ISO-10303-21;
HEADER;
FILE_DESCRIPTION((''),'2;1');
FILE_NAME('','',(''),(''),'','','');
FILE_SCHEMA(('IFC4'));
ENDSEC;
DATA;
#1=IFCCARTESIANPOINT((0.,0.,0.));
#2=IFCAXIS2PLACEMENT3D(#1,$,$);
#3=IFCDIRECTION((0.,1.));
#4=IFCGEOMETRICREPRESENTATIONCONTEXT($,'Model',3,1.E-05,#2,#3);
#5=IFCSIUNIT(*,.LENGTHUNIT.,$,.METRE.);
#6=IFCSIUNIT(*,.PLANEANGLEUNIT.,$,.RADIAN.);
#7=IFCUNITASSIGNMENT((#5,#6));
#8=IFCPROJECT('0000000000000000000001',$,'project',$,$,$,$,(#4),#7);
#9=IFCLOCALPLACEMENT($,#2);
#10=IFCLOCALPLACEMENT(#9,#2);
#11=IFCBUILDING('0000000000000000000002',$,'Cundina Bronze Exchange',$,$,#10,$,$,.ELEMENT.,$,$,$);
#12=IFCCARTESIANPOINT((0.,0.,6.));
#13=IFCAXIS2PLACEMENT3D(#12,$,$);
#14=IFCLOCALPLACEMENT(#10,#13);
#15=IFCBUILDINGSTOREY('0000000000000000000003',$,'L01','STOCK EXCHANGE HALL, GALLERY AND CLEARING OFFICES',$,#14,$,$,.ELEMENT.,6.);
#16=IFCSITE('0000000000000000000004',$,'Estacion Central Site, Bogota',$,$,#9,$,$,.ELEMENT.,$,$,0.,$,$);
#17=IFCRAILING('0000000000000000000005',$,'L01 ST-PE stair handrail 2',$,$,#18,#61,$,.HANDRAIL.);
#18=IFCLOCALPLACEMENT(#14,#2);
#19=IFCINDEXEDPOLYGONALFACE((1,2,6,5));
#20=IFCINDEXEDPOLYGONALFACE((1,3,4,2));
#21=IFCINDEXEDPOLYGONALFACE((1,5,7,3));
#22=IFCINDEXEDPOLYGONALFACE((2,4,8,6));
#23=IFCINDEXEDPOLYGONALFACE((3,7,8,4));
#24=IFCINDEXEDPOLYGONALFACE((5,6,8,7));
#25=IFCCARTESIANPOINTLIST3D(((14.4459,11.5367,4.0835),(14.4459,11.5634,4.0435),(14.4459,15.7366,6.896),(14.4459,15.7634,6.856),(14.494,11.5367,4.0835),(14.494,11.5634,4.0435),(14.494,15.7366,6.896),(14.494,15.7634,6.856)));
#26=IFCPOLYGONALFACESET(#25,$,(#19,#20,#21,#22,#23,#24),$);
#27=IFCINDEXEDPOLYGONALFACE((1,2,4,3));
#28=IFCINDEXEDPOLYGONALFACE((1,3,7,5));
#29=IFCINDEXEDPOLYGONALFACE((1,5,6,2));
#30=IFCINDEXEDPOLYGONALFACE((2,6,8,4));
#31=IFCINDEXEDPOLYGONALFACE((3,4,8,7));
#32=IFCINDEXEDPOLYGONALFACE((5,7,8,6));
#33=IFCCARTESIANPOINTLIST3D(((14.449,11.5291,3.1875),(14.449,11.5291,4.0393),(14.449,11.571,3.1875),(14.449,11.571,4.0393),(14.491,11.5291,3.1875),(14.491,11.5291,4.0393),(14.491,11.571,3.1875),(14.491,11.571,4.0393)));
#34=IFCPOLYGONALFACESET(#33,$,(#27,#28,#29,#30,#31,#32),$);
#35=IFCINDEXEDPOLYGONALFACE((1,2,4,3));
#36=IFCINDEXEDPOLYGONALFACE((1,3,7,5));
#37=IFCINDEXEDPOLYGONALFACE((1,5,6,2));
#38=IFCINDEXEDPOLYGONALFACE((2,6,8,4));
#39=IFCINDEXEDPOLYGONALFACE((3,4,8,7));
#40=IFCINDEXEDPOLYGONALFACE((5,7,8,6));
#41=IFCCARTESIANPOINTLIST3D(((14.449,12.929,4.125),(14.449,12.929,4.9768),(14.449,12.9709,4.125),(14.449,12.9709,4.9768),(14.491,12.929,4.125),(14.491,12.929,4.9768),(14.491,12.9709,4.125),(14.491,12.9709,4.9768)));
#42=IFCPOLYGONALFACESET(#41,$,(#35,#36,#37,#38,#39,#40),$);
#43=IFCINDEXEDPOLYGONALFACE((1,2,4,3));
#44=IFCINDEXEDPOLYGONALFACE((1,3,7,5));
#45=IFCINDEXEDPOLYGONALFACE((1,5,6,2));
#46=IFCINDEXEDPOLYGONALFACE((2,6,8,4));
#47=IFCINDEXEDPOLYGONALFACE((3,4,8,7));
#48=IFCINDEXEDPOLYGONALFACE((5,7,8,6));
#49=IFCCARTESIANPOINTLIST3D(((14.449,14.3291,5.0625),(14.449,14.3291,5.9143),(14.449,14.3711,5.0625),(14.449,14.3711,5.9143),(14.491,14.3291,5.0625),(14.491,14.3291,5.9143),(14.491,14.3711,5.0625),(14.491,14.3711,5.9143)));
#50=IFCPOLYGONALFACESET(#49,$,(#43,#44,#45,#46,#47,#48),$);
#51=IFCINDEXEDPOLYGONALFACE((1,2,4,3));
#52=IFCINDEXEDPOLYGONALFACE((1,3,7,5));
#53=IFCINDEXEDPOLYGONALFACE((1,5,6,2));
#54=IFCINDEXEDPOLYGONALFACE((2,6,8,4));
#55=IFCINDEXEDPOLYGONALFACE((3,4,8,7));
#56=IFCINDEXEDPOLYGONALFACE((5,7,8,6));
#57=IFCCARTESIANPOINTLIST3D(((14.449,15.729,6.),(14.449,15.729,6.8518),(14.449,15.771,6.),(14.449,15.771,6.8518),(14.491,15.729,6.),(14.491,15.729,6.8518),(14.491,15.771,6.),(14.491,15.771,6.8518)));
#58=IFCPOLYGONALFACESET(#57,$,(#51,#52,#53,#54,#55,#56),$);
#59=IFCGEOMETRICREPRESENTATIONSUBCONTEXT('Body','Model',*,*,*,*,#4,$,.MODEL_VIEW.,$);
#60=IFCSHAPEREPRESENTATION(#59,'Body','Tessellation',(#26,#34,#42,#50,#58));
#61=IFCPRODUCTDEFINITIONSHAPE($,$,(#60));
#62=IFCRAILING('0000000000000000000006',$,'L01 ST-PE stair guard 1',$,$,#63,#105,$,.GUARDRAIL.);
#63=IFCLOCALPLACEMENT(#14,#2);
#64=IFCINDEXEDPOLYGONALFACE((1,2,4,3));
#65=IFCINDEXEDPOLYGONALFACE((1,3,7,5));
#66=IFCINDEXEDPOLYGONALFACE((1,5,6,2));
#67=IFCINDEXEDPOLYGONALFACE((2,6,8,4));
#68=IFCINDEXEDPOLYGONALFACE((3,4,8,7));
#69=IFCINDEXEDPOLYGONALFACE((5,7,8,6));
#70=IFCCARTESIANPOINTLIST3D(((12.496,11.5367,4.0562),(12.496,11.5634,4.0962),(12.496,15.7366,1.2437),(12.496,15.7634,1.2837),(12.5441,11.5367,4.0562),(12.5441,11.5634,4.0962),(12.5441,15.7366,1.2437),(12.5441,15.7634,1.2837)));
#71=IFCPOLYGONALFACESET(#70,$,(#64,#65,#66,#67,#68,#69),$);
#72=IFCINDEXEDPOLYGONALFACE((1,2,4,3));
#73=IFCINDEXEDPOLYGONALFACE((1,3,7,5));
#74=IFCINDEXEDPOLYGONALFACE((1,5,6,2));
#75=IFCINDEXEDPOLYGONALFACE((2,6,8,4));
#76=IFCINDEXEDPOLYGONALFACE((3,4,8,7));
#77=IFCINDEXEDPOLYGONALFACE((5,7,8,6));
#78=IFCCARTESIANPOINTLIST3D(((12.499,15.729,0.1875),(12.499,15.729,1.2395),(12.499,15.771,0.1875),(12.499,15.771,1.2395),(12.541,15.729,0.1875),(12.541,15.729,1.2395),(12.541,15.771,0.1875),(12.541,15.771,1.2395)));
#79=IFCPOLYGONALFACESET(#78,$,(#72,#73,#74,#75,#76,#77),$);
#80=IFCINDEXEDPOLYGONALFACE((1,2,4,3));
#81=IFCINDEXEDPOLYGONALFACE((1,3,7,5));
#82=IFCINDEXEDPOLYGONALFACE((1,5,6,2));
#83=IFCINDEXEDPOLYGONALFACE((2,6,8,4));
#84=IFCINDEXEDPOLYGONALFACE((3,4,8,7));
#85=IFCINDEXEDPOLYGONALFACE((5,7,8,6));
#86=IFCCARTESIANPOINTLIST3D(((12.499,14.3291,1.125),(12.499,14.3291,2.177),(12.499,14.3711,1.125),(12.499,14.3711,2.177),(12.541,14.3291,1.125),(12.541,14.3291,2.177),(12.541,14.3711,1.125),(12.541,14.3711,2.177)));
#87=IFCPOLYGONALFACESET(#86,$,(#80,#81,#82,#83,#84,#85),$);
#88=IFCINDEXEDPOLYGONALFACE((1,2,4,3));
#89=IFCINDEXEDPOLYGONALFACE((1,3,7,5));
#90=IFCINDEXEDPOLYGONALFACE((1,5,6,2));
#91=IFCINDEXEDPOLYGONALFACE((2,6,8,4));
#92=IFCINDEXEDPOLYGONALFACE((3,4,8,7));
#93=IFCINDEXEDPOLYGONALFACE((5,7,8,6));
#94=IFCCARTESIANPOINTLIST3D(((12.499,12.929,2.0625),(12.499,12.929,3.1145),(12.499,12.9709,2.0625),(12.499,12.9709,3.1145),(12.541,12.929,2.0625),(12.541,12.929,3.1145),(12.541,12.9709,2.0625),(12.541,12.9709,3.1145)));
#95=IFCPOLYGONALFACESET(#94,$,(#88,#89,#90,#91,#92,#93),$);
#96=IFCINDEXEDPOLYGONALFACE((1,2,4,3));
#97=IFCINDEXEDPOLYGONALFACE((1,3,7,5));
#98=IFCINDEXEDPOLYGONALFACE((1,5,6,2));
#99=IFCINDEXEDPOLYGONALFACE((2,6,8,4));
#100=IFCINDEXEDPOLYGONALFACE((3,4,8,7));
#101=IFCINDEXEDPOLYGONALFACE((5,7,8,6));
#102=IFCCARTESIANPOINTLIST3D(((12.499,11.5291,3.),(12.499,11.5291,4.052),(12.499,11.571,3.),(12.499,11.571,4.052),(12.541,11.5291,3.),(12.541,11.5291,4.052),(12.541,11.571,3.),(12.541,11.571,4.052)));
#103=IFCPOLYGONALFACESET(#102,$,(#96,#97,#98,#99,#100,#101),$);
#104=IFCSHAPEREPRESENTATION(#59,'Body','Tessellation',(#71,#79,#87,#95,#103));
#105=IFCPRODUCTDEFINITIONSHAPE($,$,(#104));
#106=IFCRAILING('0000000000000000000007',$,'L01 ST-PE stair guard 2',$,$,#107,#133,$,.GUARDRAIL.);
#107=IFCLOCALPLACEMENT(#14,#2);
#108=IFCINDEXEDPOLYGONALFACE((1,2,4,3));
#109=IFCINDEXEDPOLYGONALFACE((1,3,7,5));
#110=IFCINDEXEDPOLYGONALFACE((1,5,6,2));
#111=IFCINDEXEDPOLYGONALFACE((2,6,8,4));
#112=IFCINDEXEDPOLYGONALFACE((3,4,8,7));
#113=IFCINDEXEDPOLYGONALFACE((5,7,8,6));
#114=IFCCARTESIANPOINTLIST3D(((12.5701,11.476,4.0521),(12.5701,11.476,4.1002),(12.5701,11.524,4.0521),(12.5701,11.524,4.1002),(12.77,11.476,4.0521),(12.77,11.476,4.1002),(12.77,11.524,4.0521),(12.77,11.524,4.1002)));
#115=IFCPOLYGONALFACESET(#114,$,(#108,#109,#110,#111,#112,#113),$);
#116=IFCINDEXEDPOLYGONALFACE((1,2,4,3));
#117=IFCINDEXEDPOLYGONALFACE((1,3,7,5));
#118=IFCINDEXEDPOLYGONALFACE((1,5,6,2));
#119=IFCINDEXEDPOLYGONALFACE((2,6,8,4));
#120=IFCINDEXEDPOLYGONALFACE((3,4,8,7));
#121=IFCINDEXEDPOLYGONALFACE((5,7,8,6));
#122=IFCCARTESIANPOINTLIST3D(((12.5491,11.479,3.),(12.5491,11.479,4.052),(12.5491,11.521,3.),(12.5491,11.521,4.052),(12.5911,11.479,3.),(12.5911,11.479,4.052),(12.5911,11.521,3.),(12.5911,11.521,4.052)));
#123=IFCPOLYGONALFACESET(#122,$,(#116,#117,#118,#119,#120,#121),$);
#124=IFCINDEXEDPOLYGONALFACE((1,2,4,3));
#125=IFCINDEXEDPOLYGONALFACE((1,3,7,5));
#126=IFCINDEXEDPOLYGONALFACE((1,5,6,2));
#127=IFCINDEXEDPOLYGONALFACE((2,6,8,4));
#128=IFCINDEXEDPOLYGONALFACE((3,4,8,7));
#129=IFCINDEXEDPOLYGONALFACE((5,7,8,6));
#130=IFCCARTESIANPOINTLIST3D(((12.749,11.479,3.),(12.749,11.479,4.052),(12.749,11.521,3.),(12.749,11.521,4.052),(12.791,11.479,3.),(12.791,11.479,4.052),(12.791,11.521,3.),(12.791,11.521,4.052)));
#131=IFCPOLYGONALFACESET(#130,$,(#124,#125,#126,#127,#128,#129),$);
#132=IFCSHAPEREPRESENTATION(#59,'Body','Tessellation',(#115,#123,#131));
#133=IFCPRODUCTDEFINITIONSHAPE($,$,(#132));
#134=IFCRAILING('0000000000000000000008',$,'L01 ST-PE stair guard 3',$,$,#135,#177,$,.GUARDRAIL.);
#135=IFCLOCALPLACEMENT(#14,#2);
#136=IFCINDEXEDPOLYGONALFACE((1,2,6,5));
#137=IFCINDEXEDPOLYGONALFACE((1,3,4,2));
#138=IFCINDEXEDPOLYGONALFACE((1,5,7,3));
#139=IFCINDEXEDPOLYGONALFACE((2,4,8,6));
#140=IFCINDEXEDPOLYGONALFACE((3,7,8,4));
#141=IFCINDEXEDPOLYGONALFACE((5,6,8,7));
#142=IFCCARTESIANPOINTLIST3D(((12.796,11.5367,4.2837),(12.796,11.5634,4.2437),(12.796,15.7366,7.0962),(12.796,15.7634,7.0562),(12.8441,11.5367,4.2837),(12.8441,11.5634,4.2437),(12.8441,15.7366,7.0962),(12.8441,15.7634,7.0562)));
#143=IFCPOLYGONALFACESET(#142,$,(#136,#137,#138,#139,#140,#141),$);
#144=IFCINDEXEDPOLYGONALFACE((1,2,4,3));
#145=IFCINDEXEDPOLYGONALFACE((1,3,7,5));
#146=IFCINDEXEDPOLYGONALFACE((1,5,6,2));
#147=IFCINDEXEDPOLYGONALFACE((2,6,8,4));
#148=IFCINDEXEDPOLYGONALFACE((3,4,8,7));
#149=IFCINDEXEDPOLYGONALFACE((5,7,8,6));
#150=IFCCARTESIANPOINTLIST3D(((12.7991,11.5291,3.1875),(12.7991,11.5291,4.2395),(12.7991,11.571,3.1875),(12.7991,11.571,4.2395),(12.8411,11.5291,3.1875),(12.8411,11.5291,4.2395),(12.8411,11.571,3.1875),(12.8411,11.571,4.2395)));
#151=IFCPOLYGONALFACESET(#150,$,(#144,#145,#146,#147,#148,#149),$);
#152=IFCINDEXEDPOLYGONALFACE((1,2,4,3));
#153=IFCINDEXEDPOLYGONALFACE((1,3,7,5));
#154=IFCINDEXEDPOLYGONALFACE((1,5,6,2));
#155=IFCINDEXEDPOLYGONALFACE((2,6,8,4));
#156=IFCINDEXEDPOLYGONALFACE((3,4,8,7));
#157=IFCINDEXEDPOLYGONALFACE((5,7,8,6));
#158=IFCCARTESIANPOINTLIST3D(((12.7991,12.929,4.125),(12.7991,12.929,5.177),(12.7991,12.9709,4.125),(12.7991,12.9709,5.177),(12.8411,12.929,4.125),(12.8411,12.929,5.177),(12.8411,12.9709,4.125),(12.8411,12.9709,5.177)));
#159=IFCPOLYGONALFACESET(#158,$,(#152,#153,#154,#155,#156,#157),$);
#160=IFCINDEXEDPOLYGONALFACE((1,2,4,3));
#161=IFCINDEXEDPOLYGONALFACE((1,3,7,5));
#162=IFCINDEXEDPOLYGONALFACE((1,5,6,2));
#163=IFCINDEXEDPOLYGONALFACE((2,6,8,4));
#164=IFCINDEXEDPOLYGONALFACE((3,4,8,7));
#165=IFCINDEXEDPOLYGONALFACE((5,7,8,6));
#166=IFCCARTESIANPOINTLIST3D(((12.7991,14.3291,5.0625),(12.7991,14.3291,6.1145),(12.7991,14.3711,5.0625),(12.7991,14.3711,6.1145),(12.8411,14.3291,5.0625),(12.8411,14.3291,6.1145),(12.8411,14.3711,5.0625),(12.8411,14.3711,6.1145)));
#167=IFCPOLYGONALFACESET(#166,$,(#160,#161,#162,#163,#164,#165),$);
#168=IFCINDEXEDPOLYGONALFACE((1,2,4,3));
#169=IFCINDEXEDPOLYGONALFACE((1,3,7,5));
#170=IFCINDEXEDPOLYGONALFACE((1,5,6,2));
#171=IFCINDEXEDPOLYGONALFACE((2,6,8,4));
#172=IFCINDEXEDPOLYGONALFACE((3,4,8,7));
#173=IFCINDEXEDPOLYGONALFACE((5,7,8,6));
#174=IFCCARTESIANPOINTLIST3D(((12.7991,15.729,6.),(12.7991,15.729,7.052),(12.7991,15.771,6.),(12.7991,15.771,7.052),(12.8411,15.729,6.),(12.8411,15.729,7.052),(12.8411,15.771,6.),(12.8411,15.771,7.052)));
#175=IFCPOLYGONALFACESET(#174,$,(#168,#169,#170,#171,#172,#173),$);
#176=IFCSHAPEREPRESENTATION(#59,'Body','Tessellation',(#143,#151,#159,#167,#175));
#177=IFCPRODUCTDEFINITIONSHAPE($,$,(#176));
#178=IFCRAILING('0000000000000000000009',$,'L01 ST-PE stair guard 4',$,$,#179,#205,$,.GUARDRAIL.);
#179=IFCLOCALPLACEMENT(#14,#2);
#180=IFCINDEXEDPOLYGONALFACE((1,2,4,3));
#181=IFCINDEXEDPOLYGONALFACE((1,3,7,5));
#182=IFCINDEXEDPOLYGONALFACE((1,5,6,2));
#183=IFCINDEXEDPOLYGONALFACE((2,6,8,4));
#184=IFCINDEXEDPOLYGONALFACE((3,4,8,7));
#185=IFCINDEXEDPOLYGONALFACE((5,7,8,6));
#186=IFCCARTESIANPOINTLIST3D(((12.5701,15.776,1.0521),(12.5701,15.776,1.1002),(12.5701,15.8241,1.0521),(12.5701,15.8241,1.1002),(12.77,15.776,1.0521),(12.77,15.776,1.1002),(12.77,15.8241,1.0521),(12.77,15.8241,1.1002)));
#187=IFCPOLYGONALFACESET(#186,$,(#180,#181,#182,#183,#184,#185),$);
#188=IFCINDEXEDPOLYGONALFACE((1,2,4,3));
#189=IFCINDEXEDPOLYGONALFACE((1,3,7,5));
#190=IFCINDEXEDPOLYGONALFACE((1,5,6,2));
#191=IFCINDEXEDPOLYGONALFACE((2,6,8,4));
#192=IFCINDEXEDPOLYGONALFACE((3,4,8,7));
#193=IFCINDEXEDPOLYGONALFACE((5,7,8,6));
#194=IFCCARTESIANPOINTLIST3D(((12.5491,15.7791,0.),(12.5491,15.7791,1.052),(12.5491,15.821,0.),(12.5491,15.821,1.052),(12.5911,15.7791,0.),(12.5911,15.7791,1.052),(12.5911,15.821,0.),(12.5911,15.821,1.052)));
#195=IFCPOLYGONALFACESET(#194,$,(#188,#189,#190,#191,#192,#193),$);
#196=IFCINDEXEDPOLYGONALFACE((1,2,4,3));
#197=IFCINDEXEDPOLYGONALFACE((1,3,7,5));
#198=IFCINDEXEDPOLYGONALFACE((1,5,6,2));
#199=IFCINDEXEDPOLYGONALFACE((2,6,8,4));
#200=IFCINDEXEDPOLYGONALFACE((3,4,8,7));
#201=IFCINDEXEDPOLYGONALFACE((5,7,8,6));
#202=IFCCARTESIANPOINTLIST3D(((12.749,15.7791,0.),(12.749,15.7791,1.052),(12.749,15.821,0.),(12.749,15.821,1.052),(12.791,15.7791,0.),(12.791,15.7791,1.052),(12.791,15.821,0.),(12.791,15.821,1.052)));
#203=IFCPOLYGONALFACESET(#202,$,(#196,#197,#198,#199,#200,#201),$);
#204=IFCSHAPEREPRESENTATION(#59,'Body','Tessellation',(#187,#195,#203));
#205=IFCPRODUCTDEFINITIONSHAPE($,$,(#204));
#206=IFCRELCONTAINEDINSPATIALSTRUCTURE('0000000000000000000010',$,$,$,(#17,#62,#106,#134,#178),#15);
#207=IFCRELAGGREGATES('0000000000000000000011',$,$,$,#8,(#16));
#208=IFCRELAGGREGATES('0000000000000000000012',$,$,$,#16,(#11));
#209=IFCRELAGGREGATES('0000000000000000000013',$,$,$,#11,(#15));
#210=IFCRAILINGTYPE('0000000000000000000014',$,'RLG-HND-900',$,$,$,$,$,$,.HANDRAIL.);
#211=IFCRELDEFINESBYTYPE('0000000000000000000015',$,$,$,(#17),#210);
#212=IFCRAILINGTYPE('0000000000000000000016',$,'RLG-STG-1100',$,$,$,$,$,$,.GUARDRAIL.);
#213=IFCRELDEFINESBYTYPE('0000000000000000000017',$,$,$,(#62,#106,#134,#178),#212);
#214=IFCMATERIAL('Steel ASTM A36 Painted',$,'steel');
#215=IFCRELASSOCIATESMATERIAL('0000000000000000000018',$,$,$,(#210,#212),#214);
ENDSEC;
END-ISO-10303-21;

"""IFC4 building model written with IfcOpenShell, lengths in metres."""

from ifc_helpers import new_model, si_unit, direction, frame, origin, origin_2d, place, context, subcontext, project, spatial, rectangle, extrude, material, type_object, element, save


model = new_model("IFC4")

# Units and contexts
model_context = context("Model", 3, precision=1e-05, world=origin(), true_north=direction((0.0, 1.0)))
body_context = subcontext(model_context, "Body", "Model", "MODEL_VIEW")
ifc_project = project(units=[si_unit("LENGTHUNIT", "METRE"), si_unit("PLANEANGLEUNIT", "RADIAN")], contexts=[model_context])

# Site, building, storey
site_placement = place(None, origin())
site = spatial("IfcSite", under=ifc_project, at=site_placement, Name="Estacion Central Site, Bogota", CompositionType="ELEMENT", RefElevation=0.0)
building_placement = place(site_placement, origin())
building = spatial("IfcBuilding", under=site, at=building_placement, Name="Cundina Bronze Exchange", CompositionType="ELEMENT")
storey_placement = place(building_placement, frame((0.0, 0.0, 6.0)))
storey = spatial("IfcBuildingStorey", under=building, at=storey_placement, Name="L01", Description="STOCK EXCHANGE HALL, GALLERY AND CLEARING OFFICES", CompositionType="ELEMENT", Elevation=6.0)

# Shared definitions
ifc_material_1 = material(Name="Steel ASTM A36 Painted", Category="steel")

# Railings
railing_type_1 = type_object("IfcRailingType", Name="RLG-HND-900", PredefinedType="HANDRAIL", material=ifc_material_1)
railing_1_placement = place(storey_placement, frame((14.47, 11.55, 3.1875)))
element("IfcRailing", 1, at=railing_1_placement, inside=storey, type_object=railing_type_1, Name="L01 ST-PE stair handrail 2", PredefinedType="HANDRAIL", context=body_context, shape_type="SweptSolid", body=[
    extrude(rectangle(XDim=0.0481, YDim=0.0481, at=origin_2d()), frame((0.0, 0.0, 0.876), z_axis=(0.0, 0.830904, 0.556416), x_axis=(-1.0, 0.0, 0.0)), (0.0, 0.0, 1.0), 5.0547),
    extrude(rectangle(XDim=0.042, YDim=0.042, at=origin_2d()), origin(), (0.0, 0.0, 1.0), 0.8518),
    extrude(rectangle(XDim=0.042, YDim=0.042, at=origin_2d()), frame((0.0, 1.3999, 0.9375)), (0.0, 0.0, 1.0), 0.8518),
    extrude(rectangle(XDim=0.042, YDim=0.042, at=origin_2d()), frame((0.0, 2.8, 1.875)), (0.0, 0.0, 1.0), 0.8518),
    extrude(rectangle(XDim=0.042, YDim=0.042, at=origin_2d()), frame((0.0, 4.2, 2.8125)), (0.0, 0.0, 1.0), 0.8518),
])
railing_type_2 = type_object("IfcRailingType", Name="RLG-STG-1100", PredefinedType="GUARDRAIL", material=ifc_material_1)
railing_2_placement = place(storey_placement, frame((12.52, 15.75, 0.1875)))
element("IfcRailing", 2, at=railing_2_placement, inside=storey, type_object=railing_type_2, Name="L01 ST-PE stair guard 1", PredefinedType="GUARDRAIL", context=body_context, shape_type="SweptSolid", body=[
    extrude(rectangle(XDim=0.0481, YDim=0.0481, at=origin_2d()), frame((0.0, 0.0, 1.0762), z_axis=(0.0, -0.830904, 0.556416), x_axis=(1.0, 0.0, 0.0)), (0.0, 0.0, 1.0), 5.0547),
    extrude(rectangle(XDim=0.042, YDim=0.042, at=origin_2d()), origin(), (0.0, 0.0, 1.0), 1.052),
    extrude(rectangle(XDim=0.042, YDim=0.042, at=origin_2d()), frame((0.0, -1.3999, 0.9375)), (0.0, 0.0, 1.0), 1.052),
    extrude(rectangle(XDim=0.042, YDim=0.042, at=origin_2d()), frame((0.0, -2.8, 1.875)), (0.0, 0.0, 1.0), 1.052),
    extrude(rectangle(XDim=0.042, YDim=0.042, at=origin_2d()), frame((0.0, -4.2, 2.8125)), (0.0, 0.0, 1.0), 1.052),
])
railing_3_placement = place(storey_placement, frame((12.5701, 11.5, 3.0)))
element("IfcRailing", 3, at=railing_3_placement, inside=storey, type_object=railing_type_2, Name="L01 ST-PE stair guard 2", PredefinedType="GUARDRAIL", context=body_context, shape_type="SweptSolid", body=[
    extrude(rectangle(XDim=0.0481, YDim=0.0481, at=origin_2d()), frame((0.0, 0.0, 1.0762), z_axis=(1.0, 0.0, 0.0), x_axis=(0.0, 1.0, 0.0)), (0.0, 0.0, 1.0), 0.2),
    extrude(rectangle(XDim=0.042, YDim=0.042, at=origin_2d()), origin(), (0.0, 0.0, 1.0), 1.052),
    extrude(rectangle(XDim=0.042, YDim=0.042, at=origin_2d()), frame((0.2, 0.0, 0.0)), (0.0, 0.0, 1.0), 1.052),
])
railing_4_placement = place(storey_placement, frame((12.8201, 11.55, 3.1875)))
element("IfcRailing", 4, at=railing_4_placement, inside=storey, type_object=railing_type_2, Name="L01 ST-PE stair guard 3", PredefinedType="GUARDRAIL", context=body_context, shape_type="SweptSolid", body=[
    extrude(rectangle(XDim=0.0481, YDim=0.0481, at=origin_2d()), frame((0.0, 0.0, 1.0762), z_axis=(0.0, 0.830904, 0.556416), x_axis=(-1.0, 0.0, 0.0)), (0.0, 0.0, 1.0), 5.0547),
    extrude(rectangle(XDim=0.042, YDim=0.042, at=origin_2d()), origin(), (0.0, 0.0, 1.0), 1.052),
    extrude(rectangle(XDim=0.042, YDim=0.042, at=origin_2d()), frame((0.0, 1.3999, 0.9375)), (0.0, 0.0, 1.0), 1.052),
    extrude(rectangle(XDim=0.042, YDim=0.042, at=origin_2d()), frame((0.0, 2.8, 1.875)), (0.0, 0.0, 1.0), 1.052),
    extrude(rectangle(XDim=0.042, YDim=0.042, at=origin_2d()), frame((0.0, 4.2, 2.8125)), (0.0, 0.0, 1.0), 1.052),
])
railing_5_placement = place(storey_placement, frame((12.5701, 15.8, 0.0)))
element("IfcRailing", 5, at=railing_5_placement, inside=storey, type_object=railing_type_2, Name="L01 ST-PE stair guard 4", PredefinedType="GUARDRAIL", context=body_context, shape_type="SweptSolid", body=[
    extrude(rectangle(XDim=0.0481, YDim=0.0481, at=origin_2d()), frame((0.0, 0.0, 1.0762), z_axis=(1.0, 0.0, 0.0), x_axis=(0.0, 1.0, 0.0)), (0.0, 0.0, 1.0), 0.2),
    extrude(rectangle(XDim=0.042, YDim=0.042, at=origin_2d()), origin(), (0.0, 0.0, 1.0), 1.052),
    extrude(rectangle(XDim=0.042, YDim=0.042, at=origin_2d()), frame((0.2, 0.0, 0.0)), (0.0, 0.0, 1.0), 1.052),
])

save(model, "model.ifc")
